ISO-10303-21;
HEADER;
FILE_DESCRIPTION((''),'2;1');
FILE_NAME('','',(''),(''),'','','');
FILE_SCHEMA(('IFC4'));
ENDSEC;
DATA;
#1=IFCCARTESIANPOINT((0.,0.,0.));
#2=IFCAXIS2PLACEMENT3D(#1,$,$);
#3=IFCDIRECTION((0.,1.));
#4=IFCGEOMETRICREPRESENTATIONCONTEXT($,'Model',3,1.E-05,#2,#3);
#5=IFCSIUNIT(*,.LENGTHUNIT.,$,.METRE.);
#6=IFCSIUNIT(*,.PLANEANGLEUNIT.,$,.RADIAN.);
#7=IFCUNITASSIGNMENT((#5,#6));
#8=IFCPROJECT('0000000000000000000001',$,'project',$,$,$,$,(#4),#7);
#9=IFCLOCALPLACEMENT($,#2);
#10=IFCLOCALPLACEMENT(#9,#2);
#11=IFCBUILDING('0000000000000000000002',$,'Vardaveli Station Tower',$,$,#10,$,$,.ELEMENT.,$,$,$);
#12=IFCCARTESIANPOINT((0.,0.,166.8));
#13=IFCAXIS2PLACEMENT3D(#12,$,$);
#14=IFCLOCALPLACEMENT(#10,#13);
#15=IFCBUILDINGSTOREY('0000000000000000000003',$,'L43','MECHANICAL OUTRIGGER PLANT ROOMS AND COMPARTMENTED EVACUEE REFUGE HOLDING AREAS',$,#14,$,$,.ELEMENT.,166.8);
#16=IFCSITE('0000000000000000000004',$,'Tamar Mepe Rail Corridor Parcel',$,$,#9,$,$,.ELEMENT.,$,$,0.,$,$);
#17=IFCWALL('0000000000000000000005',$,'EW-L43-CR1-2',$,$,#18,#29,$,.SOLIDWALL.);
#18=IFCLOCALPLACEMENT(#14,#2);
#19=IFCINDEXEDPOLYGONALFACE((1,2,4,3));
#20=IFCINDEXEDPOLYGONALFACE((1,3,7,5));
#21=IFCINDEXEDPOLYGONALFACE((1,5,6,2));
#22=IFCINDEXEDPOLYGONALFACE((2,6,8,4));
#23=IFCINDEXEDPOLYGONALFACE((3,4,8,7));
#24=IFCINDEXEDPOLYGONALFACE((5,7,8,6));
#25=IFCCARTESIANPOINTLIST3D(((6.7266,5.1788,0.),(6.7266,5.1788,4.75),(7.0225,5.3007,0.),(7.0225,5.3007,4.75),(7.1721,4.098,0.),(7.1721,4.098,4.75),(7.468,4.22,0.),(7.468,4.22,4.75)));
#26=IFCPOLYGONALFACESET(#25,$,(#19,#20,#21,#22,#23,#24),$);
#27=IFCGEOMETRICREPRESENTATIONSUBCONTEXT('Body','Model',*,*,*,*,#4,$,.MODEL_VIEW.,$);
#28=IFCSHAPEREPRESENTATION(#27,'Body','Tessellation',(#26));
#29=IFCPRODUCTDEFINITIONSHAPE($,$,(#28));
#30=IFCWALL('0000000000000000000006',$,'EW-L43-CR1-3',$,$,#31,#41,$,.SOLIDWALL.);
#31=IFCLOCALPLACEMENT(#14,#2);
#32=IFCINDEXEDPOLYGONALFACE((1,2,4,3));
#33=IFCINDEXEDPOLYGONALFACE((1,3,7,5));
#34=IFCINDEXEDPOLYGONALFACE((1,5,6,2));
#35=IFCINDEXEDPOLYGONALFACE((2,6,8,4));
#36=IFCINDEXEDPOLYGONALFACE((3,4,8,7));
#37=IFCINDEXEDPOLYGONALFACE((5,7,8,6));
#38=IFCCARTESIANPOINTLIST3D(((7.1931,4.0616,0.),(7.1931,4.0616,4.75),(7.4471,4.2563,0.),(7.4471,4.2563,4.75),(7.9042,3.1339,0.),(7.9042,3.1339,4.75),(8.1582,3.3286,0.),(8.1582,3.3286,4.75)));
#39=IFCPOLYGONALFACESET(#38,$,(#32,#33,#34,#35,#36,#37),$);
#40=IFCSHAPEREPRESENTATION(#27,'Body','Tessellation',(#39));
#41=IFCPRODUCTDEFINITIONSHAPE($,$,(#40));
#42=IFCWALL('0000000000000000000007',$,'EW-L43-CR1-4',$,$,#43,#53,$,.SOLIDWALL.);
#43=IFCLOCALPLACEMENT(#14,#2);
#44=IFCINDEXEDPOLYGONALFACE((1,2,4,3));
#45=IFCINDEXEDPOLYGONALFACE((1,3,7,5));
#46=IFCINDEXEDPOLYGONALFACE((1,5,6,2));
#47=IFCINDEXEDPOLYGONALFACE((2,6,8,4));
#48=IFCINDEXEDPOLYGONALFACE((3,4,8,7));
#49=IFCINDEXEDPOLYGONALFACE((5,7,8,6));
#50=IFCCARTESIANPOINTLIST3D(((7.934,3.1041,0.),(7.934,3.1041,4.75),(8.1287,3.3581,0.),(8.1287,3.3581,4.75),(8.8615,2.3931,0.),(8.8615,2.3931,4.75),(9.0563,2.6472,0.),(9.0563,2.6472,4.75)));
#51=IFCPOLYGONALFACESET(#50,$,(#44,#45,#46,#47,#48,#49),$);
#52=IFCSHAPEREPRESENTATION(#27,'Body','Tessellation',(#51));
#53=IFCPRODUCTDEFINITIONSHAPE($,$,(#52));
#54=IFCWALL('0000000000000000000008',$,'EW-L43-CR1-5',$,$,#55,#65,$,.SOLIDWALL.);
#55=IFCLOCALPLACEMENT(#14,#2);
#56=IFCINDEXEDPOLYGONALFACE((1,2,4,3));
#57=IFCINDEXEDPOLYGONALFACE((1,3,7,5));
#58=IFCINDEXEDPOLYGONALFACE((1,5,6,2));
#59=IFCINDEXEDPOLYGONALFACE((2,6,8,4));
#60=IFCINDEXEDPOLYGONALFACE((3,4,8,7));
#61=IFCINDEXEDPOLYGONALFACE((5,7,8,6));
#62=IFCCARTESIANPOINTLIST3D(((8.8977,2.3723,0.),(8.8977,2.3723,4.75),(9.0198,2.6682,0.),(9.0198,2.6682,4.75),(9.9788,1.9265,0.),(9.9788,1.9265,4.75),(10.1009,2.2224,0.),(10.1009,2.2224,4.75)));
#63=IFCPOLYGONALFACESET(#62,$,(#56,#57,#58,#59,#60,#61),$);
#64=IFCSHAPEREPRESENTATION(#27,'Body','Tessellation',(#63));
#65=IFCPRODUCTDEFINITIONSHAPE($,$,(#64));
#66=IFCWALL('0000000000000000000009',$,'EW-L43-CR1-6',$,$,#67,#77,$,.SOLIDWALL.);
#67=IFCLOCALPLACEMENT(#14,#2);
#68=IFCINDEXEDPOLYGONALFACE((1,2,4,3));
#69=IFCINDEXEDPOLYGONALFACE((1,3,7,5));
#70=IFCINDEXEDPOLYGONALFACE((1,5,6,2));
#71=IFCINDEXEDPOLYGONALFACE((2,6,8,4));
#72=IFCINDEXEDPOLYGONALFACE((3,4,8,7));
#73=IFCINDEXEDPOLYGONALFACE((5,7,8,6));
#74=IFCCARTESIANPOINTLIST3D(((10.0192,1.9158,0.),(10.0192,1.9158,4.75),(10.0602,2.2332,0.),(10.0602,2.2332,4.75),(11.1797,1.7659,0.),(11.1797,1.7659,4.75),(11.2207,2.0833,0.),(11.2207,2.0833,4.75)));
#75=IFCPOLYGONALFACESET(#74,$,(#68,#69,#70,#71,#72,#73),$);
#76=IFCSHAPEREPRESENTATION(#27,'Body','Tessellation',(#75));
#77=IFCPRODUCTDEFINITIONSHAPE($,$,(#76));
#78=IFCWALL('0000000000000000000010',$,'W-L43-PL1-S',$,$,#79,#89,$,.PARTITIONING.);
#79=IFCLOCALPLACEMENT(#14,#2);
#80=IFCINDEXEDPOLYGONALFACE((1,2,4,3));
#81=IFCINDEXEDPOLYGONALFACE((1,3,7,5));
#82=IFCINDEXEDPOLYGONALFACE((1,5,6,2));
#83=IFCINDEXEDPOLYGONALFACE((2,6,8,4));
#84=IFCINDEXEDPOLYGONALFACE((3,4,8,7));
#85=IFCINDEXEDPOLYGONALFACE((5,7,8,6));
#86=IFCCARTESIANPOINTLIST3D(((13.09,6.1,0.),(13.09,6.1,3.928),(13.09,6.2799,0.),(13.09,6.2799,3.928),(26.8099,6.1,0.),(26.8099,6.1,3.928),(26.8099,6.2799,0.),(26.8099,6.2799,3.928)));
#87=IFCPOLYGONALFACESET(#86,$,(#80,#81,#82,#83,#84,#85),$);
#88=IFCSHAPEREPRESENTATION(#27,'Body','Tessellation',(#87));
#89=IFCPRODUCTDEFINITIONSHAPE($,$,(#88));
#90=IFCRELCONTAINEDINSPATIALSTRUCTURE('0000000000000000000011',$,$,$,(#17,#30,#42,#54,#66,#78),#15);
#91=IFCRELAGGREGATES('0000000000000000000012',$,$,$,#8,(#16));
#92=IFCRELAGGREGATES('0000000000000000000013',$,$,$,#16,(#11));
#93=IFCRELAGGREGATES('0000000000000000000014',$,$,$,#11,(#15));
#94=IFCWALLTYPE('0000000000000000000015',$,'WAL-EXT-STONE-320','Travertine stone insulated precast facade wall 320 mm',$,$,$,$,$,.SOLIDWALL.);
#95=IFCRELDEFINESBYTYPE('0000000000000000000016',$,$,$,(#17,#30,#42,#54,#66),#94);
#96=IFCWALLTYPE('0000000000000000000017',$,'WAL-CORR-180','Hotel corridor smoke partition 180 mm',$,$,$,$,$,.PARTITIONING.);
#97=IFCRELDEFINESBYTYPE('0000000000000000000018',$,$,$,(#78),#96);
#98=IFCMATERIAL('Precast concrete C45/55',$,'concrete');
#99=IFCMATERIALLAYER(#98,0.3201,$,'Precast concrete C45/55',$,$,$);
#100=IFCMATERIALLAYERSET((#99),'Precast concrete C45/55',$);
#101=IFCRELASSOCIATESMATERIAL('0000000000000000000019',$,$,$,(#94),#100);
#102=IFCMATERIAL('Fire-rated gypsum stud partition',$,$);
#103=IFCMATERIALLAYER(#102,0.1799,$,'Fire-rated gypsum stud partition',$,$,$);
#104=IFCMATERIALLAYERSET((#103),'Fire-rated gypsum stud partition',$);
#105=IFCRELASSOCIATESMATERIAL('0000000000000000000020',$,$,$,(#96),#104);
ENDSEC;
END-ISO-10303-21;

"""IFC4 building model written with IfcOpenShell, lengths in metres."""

from ifc_helpers import new_model, si_unit, direction, frame, frame_2d, origin, place, context, subcontext, project, spatial, rectangle, extrude, source, transform, mapped, material, layer, layer_set, type_object, element, save


model = new_model("IFC4")

# Units and contexts
model_context = context("Model", 3, precision=1e-05, world=origin(), true_north=direction((0.0, 1.0)))
body_context = subcontext(model_context, "Body", "Model", "MODEL_VIEW")
ifc_project = project(units=[si_unit("LENGTHUNIT", "METRE"), si_unit("PLANEANGLEUNIT", "RADIAN")], contexts=[model_context])

# Site, building, storey
site_placement = place(None, origin())
site = spatial("IfcSite", under=ifc_project, at=site_placement, Name="Tamar Mepe Rail Corridor Parcel", CompositionType="ELEMENT", RefElevation=0.0)
building_placement = place(site_placement, origin())
building = spatial("IfcBuilding", under=site, at=building_placement, Name="Vardaveli Station Tower", CompositionType="ELEMENT")
storey_placement = place(building_placement, frame((0.0, 0.0, 166.8)))
storey = spatial("IfcBuildingStorey", under=building, at=storey_placement, Name="L43", Description="MECHANICAL OUTRIGGER PLANT ROOMS AND COMPARTMENTED EVACUEE REFUGE HOLDING AREAS", CompositionType="ELEMENT", Elevation=166.8)

# Walls
ifc_material_1 = material(Name="Precast concrete C45/55", Category="concrete")
ifc_layer_1 = layer(ifc_material_1, 0.3201, Name="Precast concrete C45/55")
ifc_layer_set_1 = layer_set([ifc_layer_1], Name="Precast concrete C45/55")
wall_type_1 = type_object("IfcWallType", Name="WAL-EXT-STONE-320", Description="Travertine stone insulated precast facade wall 320 mm", PredefinedType="SOLIDWALL", material=ifc_layer_set_1)
shared_shape_1 = source(origin(), body_context, "Body", "SweptSolid", [
    extrude(rectangle(XDim=1.1689, YDim=0.3201, at=frame_2d((0.5845, 0.0))), origin(), (0.0, 0.0, 1.0), 4.75),
])
for number, where, z_axis, x_axis, name in (
    (1, (6.8745, 5.2397, 0.0), (0.0, 0.0, 1.0), (0.381128, -0.924522, 0.0), "EW-L43-CR1-2"),
    (2, (7.3201, 4.1589, 0.0), (0.0, 0.0, 1.0), (0.608388, -0.79364, 0.0), "EW-L43-CR1-3"),
):
    element("IfcWall", number, at=place(storey_placement, frame(where, z_axis=z_axis, x_axis=x_axis)), inside=storey, type_object=wall_type_1, Name=name, PredefinedType="SOLIDWALL", context=body_context, shape_type="MappedRepresentation", body=[
        mapped(shared_shape_1, transform((0.0, 0.0, 0.0), scale=1.0)),
    ])
shared_shape_2 = source(origin(), body_context, "Body", "SweptSolid", [
    extrude(rectangle(XDim=1.1687, YDim=0.3201, at=frame_2d((0.5845, 0.0))), origin(), (0.0, 0.0, 1.0), 4.75),
])
wall_1_placement = place(storey_placement, frame((8.0312, 3.2312, 0.0), z_axis=(0.0, 0.0, 1.0), x_axis=(0.793664, -0.608357, 0.0)))
element("IfcWall", 3, at=wall_1_placement, inside=storey, type_object=wall_type_1, Name="EW-L43-CR1-4", PredefinedType="SOLIDWALL", context=body_context, shape_type="MappedRepresentation", body=[
    mapped(shared_shape_2, transform((0.0, 0.0, 0.0), scale=1.0)),
])
shared_shape_3 = source(origin(), body_context, "Body", "SweptSolid", [
    extrude(rectangle(XDim=1.1694, YDim=0.3201, at=frame_2d((0.5847, 0.0))), origin(), (0.0, 0.0, 1.0), 4.75),
])
wall_2_placement = place(storey_placement, frame((8.9587, 2.5203, 0.0), z_axis=(0.0, 0.0, 1.0), x_axis=(0.924479, -0.381233, 0.0)))
element("IfcWall", 4, at=wall_2_placement, inside=storey, type_object=wall_type_1, Name="EW-L43-CR1-5", PredefinedType="SOLIDWALL", context=body_context, shape_type="MappedRepresentation", body=[
    mapped(shared_shape_3, transform((0.0, 0.0, 0.0), scale=1.0)),
])
shared_shape_4 = source(origin(), body_context, "Body", "SweptSolid", [
    extrude(rectangle(XDim=1.1702, YDim=0.3201, at=frame_2d((0.585, 0.0))), origin(), (0.0, 0.0, 1.0), 4.75),
])
wall_3_placement = place(storey_placement, frame((10.0398, 2.0745, 0.0), z_axis=(0.0, 0.0, 1.0), x_axis=(0.991762, -0.12809, 0.0)))
element("IfcWall", 5, at=wall_3_placement, inside=storey, type_object=wall_type_1, Name="EW-L43-CR1-6", PredefinedType="SOLIDWALL", context=body_context, shape_type="MappedRepresentation", body=[
    mapped(shared_shape_4, transform((0.0, 0.0, 0.0), scale=1.0)),
])
ifc_material_2 = material(Name="Fire-rated gypsum stud partition")
ifc_layer_2 = layer(ifc_material_2, 0.1799, Name="Fire-rated gypsum stud partition")
ifc_layer_set_2 = layer_set([ifc_layer_2], Name="Fire-rated gypsum stud partition")
wall_type_2 = type_object("IfcWallType", Name="WAL-CORR-180", Description="Hotel corridor smoke partition 180 mm", PredefinedType="PARTITIONING", material=ifc_layer_set_2)
shared_shape_5 = source(origin(), body_context, "Body", "SweptSolid", [
    extrude(rectangle(XDim=13.72, YDim=0.1799, at=frame_2d((6.8599, 0.0))), origin(), (0.0, 0.0, 1.0), 3.928),
])
wall_4_placement = place(storey_placement, frame((13.0901, 6.1899, 0.0), z_axis=(0.0, 0.0, 1.0), x_axis=(1.0, 0.0, 0.0)))
element("IfcWall", 6, at=wall_4_placement, inside=storey, type_object=wall_type_2, Name="W-L43-PL1-S", PredefinedType="PARTITIONING", context=body_context, shape_type="MappedRepresentation", body=[
    mapped(shared_shape_5, transform((0.0, 0.0, 0.0), scale=1.0)),
])

save(model, "model.ifc")
